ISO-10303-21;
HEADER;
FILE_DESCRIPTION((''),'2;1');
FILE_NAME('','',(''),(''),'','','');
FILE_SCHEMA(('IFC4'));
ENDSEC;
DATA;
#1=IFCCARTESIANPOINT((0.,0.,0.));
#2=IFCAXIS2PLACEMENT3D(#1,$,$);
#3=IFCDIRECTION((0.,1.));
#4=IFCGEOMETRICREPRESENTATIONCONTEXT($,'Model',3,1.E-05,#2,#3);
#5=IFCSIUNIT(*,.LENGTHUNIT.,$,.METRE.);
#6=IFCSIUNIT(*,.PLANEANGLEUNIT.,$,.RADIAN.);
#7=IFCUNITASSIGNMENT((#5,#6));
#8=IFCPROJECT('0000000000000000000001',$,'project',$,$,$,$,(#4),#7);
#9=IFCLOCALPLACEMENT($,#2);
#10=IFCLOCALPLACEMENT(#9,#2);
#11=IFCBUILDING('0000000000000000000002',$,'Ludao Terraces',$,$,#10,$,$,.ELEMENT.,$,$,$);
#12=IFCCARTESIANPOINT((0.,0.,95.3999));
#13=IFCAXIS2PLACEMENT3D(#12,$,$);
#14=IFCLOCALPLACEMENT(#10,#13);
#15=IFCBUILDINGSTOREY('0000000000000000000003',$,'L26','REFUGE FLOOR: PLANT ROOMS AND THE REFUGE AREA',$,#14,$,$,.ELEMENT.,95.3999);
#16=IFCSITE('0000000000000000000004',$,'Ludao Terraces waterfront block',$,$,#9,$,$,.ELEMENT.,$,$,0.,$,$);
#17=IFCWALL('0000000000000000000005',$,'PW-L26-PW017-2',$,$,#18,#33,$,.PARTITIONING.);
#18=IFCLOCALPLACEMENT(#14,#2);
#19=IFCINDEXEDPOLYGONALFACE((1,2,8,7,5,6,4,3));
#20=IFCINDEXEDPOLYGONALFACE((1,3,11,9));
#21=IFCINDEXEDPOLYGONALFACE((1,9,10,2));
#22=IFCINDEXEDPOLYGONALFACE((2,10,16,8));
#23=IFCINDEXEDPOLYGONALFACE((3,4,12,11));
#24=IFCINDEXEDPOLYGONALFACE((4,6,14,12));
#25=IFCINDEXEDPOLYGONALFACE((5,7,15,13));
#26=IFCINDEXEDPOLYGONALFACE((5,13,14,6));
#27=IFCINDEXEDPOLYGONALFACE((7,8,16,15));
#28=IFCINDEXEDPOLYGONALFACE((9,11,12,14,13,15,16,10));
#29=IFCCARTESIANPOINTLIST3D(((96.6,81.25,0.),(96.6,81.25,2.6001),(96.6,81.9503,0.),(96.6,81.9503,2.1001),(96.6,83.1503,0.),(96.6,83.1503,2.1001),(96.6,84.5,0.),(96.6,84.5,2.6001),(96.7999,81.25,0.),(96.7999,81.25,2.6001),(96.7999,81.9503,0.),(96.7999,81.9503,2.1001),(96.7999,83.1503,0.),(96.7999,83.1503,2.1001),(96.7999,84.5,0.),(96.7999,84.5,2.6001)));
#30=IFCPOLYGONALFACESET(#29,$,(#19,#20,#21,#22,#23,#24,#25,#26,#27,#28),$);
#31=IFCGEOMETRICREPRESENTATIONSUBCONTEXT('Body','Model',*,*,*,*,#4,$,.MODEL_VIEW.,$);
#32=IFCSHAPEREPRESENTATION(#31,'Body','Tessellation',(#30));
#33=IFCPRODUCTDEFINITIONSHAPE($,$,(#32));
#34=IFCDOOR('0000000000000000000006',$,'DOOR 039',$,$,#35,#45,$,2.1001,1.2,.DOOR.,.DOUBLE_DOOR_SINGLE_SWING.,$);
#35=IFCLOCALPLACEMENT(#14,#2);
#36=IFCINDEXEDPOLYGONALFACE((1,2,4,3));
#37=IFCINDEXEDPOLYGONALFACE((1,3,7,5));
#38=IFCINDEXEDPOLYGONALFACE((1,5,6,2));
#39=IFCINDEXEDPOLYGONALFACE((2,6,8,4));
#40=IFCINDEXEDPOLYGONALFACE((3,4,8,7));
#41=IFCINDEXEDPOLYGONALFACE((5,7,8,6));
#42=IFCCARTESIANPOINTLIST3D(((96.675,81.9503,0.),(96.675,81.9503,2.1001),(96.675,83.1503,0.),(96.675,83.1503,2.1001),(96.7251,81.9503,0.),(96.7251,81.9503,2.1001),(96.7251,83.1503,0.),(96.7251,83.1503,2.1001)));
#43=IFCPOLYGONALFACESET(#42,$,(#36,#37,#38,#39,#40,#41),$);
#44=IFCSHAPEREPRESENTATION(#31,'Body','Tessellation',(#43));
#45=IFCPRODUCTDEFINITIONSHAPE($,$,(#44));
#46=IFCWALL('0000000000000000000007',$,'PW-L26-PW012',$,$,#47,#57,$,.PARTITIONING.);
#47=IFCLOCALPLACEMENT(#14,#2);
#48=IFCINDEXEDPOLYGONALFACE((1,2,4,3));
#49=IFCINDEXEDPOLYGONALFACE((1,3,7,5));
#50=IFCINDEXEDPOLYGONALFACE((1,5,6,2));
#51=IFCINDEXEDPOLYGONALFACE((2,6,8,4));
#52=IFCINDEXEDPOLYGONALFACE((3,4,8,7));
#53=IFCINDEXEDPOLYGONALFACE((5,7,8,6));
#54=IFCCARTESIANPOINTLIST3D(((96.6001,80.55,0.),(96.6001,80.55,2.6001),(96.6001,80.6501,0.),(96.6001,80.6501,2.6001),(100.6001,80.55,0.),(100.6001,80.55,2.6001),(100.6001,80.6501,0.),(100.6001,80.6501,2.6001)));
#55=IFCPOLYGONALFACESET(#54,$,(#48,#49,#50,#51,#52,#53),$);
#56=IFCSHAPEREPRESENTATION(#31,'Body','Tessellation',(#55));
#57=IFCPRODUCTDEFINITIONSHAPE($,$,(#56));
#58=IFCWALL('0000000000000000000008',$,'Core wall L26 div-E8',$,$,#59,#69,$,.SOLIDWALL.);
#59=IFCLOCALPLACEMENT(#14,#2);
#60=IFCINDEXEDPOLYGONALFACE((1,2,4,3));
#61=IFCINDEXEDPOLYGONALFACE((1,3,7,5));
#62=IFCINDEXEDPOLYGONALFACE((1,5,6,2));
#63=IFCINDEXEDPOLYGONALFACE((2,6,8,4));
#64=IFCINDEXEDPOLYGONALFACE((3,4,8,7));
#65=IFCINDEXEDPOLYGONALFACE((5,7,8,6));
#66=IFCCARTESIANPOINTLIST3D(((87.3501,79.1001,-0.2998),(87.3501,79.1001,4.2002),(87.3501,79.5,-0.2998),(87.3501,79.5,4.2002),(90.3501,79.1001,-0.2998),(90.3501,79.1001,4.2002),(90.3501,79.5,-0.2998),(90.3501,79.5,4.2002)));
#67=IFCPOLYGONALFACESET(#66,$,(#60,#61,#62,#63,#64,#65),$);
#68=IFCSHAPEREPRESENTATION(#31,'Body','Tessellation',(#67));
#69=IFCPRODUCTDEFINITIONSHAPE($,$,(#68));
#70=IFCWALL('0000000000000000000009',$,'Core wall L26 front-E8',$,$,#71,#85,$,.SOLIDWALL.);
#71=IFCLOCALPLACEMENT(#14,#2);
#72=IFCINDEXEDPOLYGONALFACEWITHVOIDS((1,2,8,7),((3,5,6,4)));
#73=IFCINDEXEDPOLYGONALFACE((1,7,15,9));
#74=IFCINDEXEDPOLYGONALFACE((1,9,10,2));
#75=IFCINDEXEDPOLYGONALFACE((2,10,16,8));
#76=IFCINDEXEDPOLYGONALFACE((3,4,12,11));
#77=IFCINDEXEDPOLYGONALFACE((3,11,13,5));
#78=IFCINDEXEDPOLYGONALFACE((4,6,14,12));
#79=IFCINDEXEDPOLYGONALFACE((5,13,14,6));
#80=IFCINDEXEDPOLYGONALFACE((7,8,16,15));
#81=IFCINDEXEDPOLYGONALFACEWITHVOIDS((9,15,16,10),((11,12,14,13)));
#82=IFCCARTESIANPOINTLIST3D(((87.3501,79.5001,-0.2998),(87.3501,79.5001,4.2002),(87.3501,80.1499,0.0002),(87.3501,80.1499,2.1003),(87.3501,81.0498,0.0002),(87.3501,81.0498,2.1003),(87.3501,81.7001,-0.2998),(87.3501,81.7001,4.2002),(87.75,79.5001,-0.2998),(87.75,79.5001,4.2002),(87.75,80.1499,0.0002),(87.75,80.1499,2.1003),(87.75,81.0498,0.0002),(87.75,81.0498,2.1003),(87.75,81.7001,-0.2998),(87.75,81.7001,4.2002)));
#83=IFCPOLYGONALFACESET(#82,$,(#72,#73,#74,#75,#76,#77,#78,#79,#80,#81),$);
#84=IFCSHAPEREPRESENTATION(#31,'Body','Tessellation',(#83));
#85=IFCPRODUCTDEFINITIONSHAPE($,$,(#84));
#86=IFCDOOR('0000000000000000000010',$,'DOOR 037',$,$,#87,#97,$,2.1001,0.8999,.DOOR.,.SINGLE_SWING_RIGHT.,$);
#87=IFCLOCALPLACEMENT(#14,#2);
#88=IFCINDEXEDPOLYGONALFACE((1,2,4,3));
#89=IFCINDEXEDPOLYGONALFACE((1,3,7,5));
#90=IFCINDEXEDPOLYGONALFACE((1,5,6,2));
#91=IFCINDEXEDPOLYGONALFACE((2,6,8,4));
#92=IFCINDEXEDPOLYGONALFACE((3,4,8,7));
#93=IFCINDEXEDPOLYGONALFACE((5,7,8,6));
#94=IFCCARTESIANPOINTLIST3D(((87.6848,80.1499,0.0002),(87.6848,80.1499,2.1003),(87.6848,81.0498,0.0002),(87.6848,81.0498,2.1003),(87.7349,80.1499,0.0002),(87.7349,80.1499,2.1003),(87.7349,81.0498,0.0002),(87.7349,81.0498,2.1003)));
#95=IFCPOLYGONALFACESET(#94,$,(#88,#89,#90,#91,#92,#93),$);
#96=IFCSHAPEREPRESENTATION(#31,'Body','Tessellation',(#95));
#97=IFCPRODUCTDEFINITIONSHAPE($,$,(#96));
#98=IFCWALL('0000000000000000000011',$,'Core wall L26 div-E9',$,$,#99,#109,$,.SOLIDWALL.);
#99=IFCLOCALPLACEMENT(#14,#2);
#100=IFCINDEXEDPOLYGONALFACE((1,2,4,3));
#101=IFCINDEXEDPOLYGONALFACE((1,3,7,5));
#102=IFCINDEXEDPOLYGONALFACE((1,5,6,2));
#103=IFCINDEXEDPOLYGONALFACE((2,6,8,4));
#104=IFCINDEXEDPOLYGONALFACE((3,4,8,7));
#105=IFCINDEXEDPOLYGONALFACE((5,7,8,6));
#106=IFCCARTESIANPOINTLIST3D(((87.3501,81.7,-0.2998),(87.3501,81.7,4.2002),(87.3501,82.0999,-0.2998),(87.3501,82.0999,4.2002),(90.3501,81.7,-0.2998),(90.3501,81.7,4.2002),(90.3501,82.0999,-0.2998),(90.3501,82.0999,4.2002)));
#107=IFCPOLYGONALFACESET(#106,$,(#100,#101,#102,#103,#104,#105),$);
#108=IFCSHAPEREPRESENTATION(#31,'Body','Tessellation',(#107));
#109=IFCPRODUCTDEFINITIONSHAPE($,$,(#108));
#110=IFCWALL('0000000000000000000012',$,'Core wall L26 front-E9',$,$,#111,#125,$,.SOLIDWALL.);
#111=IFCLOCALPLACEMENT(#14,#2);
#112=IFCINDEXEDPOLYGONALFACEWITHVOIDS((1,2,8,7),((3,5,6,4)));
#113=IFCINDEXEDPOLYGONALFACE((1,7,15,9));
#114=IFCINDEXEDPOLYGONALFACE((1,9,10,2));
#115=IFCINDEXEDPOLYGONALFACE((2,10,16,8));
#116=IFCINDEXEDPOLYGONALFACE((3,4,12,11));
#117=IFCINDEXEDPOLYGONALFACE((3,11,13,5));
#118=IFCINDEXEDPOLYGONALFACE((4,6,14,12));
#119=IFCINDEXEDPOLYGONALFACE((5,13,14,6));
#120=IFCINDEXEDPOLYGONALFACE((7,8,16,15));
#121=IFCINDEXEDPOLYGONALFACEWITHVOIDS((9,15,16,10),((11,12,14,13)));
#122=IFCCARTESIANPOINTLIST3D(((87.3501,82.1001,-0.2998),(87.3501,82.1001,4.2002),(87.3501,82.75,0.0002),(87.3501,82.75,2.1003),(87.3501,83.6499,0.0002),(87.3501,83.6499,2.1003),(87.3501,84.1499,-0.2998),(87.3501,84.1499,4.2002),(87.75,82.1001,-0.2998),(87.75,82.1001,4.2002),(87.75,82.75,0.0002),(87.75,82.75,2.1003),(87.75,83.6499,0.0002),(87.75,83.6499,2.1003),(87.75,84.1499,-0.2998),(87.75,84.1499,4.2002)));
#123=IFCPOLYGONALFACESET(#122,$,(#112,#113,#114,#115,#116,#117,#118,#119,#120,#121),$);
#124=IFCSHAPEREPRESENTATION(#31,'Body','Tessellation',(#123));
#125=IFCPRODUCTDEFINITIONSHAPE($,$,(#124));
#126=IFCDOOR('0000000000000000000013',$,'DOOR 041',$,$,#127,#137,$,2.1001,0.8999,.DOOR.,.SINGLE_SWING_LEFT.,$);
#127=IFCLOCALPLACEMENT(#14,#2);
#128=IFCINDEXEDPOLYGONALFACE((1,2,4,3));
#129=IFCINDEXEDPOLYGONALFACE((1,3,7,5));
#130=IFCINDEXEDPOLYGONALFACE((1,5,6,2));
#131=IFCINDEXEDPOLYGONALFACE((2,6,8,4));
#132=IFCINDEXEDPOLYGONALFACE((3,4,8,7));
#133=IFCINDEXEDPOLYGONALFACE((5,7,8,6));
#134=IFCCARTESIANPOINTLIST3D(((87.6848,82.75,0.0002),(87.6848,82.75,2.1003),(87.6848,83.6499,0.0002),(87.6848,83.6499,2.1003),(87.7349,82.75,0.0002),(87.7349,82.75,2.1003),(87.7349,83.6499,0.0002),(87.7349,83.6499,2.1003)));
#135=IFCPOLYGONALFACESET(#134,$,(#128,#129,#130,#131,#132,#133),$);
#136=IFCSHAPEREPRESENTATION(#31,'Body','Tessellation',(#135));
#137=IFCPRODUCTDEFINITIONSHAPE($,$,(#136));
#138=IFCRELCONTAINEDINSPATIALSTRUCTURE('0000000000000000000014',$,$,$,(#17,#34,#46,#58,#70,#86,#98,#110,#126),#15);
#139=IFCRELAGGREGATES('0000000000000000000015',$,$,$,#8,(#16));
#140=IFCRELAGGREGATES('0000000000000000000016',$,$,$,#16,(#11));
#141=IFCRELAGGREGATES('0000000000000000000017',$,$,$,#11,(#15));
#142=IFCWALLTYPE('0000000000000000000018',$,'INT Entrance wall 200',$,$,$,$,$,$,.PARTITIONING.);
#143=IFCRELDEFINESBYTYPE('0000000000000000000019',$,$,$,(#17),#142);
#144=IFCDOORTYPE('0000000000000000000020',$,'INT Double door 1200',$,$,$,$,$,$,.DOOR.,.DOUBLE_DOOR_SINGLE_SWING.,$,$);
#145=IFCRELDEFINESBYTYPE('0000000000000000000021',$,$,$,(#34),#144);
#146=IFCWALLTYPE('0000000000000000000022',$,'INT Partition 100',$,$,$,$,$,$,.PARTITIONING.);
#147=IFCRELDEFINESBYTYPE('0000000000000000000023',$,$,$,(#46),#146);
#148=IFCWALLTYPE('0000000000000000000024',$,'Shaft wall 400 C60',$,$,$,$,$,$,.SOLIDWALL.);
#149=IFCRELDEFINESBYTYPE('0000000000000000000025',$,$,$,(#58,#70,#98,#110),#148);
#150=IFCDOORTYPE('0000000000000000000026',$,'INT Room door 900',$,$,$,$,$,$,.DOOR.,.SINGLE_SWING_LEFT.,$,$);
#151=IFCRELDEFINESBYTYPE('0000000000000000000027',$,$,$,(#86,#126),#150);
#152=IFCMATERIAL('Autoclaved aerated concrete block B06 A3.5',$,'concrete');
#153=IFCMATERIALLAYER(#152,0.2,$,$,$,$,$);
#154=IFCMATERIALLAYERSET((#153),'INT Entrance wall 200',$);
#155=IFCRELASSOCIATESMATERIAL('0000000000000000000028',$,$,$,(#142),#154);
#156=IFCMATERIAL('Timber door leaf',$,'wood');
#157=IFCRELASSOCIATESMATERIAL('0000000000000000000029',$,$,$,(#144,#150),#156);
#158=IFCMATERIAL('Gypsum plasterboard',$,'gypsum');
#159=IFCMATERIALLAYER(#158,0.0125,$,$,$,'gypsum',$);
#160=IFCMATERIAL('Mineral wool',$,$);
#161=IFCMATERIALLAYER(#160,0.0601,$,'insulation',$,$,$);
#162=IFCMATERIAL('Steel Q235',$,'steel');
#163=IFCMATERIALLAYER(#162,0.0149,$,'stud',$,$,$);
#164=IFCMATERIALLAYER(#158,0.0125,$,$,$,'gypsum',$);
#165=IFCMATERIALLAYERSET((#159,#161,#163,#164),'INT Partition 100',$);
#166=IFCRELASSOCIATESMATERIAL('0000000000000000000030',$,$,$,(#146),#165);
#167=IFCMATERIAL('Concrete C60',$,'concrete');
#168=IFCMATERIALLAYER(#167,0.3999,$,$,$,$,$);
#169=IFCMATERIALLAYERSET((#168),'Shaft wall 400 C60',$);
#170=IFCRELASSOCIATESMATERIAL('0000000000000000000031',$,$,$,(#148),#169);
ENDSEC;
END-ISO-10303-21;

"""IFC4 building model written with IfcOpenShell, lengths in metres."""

from ifc_helpers import new_model, si_unit, direction, frame, frame_2d, origin, place, context, subcontext, project, spatial, rectangle, extrude, material, layer, layer_set, type_object, element, fill, save


model = new_model("IFC4")

# Units and contexts
model_context = context("Model", 3, precision=1e-05, world=origin(), true_north=direction((0.0, 1.0)))
body_context = subcontext(model_context, "Body", "Model", "MODEL_VIEW")
ifc_project = project(units=[si_unit("LENGTHUNIT", "METRE"), si_unit("PLANEANGLEUNIT", "RADIAN")], contexts=[model_context])

# Site, building, storey
site_placement = place(None, origin())
site = spatial("IfcSite", under=ifc_project, at=site_placement, Name="Ludao Terraces waterfront block", CompositionType="ELEMENT", RefElevation=0.0)
building_placement = place(site_placement, origin())
building = spatial("IfcBuilding", under=site, at=building_placement, Name="Ludao Terraces", CompositionType="ELEMENT")
storey_placement = place(building_placement, frame((0.0, 0.0, 95.3999)))
storey = spatial("IfcBuildingStorey", under=building, at=storey_placement, Name="L26", Description="REFUGE FLOOR: PLANT ROOMS AND THE REFUGE AREA", CompositionType="ELEMENT", Elevation=95.3999)

# Shared definitions
ifc_material_1 = material(Name="Concrete C60", Category="concrete")

# Wall, opening, door
ifc_material_2 = material(Name="Autoclaved aerated concrete block B06 A3.5", Category="concrete")
ifc_layer_1 = layer(ifc_material_2, 0.2)
ifc_layer_set_1 = layer_set([ifc_layer_1], Name="INT Entrance wall 200")
wall_type_1 = type_object("IfcWallType", Name="INT Entrance wall 200", PredefinedType="PARTITIONING", material=ifc_layer_set_1)
wall_1_placement = place(storey_placement, frame((96.7, 81.25, 0.0), z_axis=(0.0, 0.0, 1.0), x_axis=(0.0, 1.0, 0.0)))
wall_1 = element("IfcWall", 1, at=wall_1_placement, inside=storey, type_object=wall_type_1, Name="PW-L26-PW017-2", PredefinedType="PARTITIONING", context=body_context, shape_type="SweptSolid", body=[
    extrude(rectangle(XDim=3.25, YDim=0.2, at=frame_2d((1.625, 0.0))), origin(), (0.0, 0.0, 1.0), 2.6001),
])
opening_1_placement = place(wall_1_placement, frame((0.7002, 0.0, 0.0)))
opening_1 = element("IfcOpeningElement", 2, at=opening_1_placement, cuts=wall_1, PredefinedType="OPENING", context=body_context, shape_type="SweptSolid", body=[
    extrude(rectangle(XDim=1.2, YDim=2.1001, at=frame_2d((0.6001, 1.05))), frame((0.0, 0.1099, 0.0), z_axis=(0.0, -1.0, 0.0), x_axis=(1.0, 0.0, 0.0)), (0.0, 0.0, 1.0), 0.22),
])
ifc_material_3 = material(Name="Timber door leaf", Category="wood")
door_type_1 = type_object("IfcDoorType", Name="INT Double door 1200", OperationType="DOUBLE_DOOR_SINGLE_SWING", PredefinedType="DOOR", material=ifc_material_3)
door_1_placement = place(opening_1_placement, origin())
door_1 = element("IfcDoor", 3, at=door_1_placement, inside=storey, type_object=door_type_1, Name="DOOR 039", OperationType="DOUBLE_DOOR_SINGLE_SWING", OverallHeight=2.1001, OverallWidth=1.2, PredefinedType="DOOR", context=body_context, shape_type="SweptSolid", body=[
    extrude(rectangle(XDim=1.2, YDim=2.1001, at=frame_2d((0.6001, 1.05))), frame((0.0, 0.0249, 0.0), z_axis=(0.0, -1.0, 0.0), x_axis=(1.0, 0.0, 0.0)), (0.0, 0.0, 1.0), 0.05),
])
fill(opening_1, door_1)

# Walls
ifc_material_4 = material(Name="Gypsum plasterboard", Category="gypsum")
ifc_layer_2 = layer(ifc_material_4, 0.0125, Category="gypsum")
ifc_material_5 = material(Name="Mineral wool")
ifc_layer_3 = layer(ifc_material_5, 0.0601, Name="insulation")
ifc_material_6 = material(Name="Steel Q235", Category="steel")
ifc_layer_4 = layer(ifc_material_6, 0.0149, Name="stud")
ifc_layer_5 = layer(ifc_material_4, 0.0125, Category="gypsum")
ifc_layer_set_2 = layer_set([ifc_layer_2, ifc_layer_3, ifc_layer_4, ifc_layer_5], Name="INT Partition 100")
wall_type_2 = type_object("IfcWallType", Name="INT Partition 100", PredefinedType="PARTITIONING", material=ifc_layer_set_2)
wall_2_placement = place(storey_placement, frame((96.6001, 80.6001, 0.0), z_axis=(0.0, 0.0, 1.0), x_axis=(1.0, 0.0, 0.0)))
element("IfcWall", 4, at=wall_2_placement, inside=storey, type_object=wall_type_2, Name="PW-L26-PW012", PredefinedType="PARTITIONING", context=body_context, shape_type="SweptSolid", body=[
    extrude(rectangle(XDim=4.0, YDim=0.1001, at=frame_2d((2.0, 0.0))), origin(), (0.0, 0.0, 1.0), 2.6001),
])
ifc_layer_6 = layer(ifc_material_1, 0.3999)
ifc_layer_set_3 = layer_set([ifc_layer_6], Name="Shaft wall 400 C60")
wall_type_3 = type_object("IfcWallType", Name="Shaft wall 400 C60", PredefinedType="SOLIDWALL", material=ifc_layer_set_3)
wall_3_placement = place(storey_placement, frame((87.3501, 79.3, -0.2998), z_axis=(0.0, 0.0, 1.0), x_axis=(1.0, 0.0, 0.0)))
element("IfcWall", 5, at=wall_3_placement, inside=storey, type_object=wall_type_3, Name="Core wall L26 div-E8", PredefinedType="SOLIDWALL", context=body_context, shape_type="SweptSolid", body=[
    extrude(rectangle(XDim=3.0, YDim=0.3999, at=frame_2d((1.5, 0.0))), origin(), (0.0, 0.0, 1.0), 4.5),
])

# Wall, opening, door
wall_4_placement = place(storey_placement, frame((87.55, 79.5, -0.2998), z_axis=(0.0, 0.0, 1.0), x_axis=(0.0, 1.0, 0.0)))
wall_4 = element("IfcWall", 6, at=wall_4_placement, inside=storey, type_object=wall_type_3, Name="Core wall L26 front-E8", PredefinedType="SOLIDWALL", context=body_context, shape_type="SweptSolid", body=[
    extrude(rectangle(XDim=2.2, YDim=0.3999, at=frame_2d((1.1001, 0.0))), origin(), (0.0, 0.0, 1.0), 4.5),
])
opening_2_placement = place(wall_4_placement, frame((0.6499, 0.0, 0.3)))
opening_2 = element("IfcOpeningElement", 7, at=opening_2_placement, cuts=wall_4, PredefinedType="OPENING", context=body_context, shape_type="SweptSolid", body=[
    extrude(rectangle(XDim=0.8999, YDim=2.1001, at=frame_2d((0.45, 1.05))), frame((0.0, 0.21, 0.0), z_axis=(0.0, -1.0, 0.0), x_axis=(1.0, 0.0, 0.0)), (0.0, 0.0, 1.0), 0.4199),
])
door_type_2 = type_object("IfcDoorType", Name="INT Room door 900", OperationType="SINGLE_SWING_LEFT", PredefinedType="DOOR", material=ifc_material_3)
door_2_placement = place(opening_2_placement, origin())
door_2 = element("IfcDoor", 8, at=door_2_placement, inside=storey, type_object=door_type_2, Name="DOOR 037", OperationType="SINGLE_SWING_RIGHT", OverallHeight=2.1001, OverallWidth=0.8999, PredefinedType="DOOR", context=body_context, shape_type="SweptSolid", body=[
    extrude(rectangle(XDim=0.8999, YDim=2.1001, at=frame_2d((0.45, 1.05))), frame((0.0, -0.1348, 0.0), z_axis=(0.0, -1.0, 0.0), x_axis=(1.0, 0.0, 0.0)), (0.0, 0.0, 1.0), 0.05),
])
fill(opening_2, door_2)

# Wall
wall_5_placement = place(storey_placement, frame((87.3501, 81.8999, -0.2998), z_axis=(0.0, 0.0, 1.0), x_axis=(1.0, 0.0, 0.0)))
element("IfcWall", 9, at=wall_5_placement, inside=storey, type_object=wall_type_3, Name="Core wall L26 div-E9", PredefinedType="SOLIDWALL", context=body_context, shape_type="SweptSolid", body=[
    extrude(rectangle(XDim=3.0, YDim=0.3999, at=frame_2d((1.5, 0.0))), origin(), (0.0, 0.0, 1.0), 4.5),
])

# Wall, opening, door
wall_6_placement = place(storey_placement, frame((87.55, 82.1001, -0.2998), z_axis=(0.0, 0.0, 1.0), x_axis=(0.0, 1.0, 0.0)))
wall_6 = element("IfcWall", 10, at=wall_6_placement, inside=storey, type_object=wall_type_3, Name="Core wall L26 front-E9", PredefinedType="SOLIDWALL", context=body_context, shape_type="SweptSolid", body=[
    extrude(rectangle(XDim=2.0498, YDim=0.3999, at=frame_2d((1.0249, 0.0))), origin(), (0.0, 0.0, 1.0), 4.5),
])
opening_3_placement = place(wall_6_placement, frame((0.6499, 0.0, 0.3)))
opening_3 = element("IfcOpeningElement", 11, at=opening_3_placement, cuts=wall_6, PredefinedType="OPENING", context=body_context, shape_type="SweptSolid", body=[
    extrude(rectangle(XDim=0.8999, YDim=2.1001, at=frame_2d((0.45, 1.05))), frame((0.0, 0.21, 0.0), z_axis=(0.0, -1.0, 0.0), x_axis=(1.0, 0.0, 0.0)), (0.0, 0.0, 1.0), 0.4199),
])
door_3_placement = place(opening_3_placement, origin())
door_3 = element("IfcDoor", 12, at=door_3_placement, inside=storey, type_object=door_type_2, Name="DOOR 041", OperationType="SINGLE_SWING_LEFT", OverallHeight=2.1001, OverallWidth=0.8999, PredefinedType="DOOR", context=body_context, shape_type="SweptSolid", body=[
    extrude(rectangle(XDim=0.8999, YDim=2.1001, at=frame_2d((0.45, 1.05))), frame((0.0, -0.1348, 0.0), z_axis=(0.0, -1.0, 0.0), x_axis=(1.0, 0.0, 0.0)), (0.0, 0.0, 1.0), 0.05),
])
fill(opening_3, door_3)

save(model, "model.ifc")
